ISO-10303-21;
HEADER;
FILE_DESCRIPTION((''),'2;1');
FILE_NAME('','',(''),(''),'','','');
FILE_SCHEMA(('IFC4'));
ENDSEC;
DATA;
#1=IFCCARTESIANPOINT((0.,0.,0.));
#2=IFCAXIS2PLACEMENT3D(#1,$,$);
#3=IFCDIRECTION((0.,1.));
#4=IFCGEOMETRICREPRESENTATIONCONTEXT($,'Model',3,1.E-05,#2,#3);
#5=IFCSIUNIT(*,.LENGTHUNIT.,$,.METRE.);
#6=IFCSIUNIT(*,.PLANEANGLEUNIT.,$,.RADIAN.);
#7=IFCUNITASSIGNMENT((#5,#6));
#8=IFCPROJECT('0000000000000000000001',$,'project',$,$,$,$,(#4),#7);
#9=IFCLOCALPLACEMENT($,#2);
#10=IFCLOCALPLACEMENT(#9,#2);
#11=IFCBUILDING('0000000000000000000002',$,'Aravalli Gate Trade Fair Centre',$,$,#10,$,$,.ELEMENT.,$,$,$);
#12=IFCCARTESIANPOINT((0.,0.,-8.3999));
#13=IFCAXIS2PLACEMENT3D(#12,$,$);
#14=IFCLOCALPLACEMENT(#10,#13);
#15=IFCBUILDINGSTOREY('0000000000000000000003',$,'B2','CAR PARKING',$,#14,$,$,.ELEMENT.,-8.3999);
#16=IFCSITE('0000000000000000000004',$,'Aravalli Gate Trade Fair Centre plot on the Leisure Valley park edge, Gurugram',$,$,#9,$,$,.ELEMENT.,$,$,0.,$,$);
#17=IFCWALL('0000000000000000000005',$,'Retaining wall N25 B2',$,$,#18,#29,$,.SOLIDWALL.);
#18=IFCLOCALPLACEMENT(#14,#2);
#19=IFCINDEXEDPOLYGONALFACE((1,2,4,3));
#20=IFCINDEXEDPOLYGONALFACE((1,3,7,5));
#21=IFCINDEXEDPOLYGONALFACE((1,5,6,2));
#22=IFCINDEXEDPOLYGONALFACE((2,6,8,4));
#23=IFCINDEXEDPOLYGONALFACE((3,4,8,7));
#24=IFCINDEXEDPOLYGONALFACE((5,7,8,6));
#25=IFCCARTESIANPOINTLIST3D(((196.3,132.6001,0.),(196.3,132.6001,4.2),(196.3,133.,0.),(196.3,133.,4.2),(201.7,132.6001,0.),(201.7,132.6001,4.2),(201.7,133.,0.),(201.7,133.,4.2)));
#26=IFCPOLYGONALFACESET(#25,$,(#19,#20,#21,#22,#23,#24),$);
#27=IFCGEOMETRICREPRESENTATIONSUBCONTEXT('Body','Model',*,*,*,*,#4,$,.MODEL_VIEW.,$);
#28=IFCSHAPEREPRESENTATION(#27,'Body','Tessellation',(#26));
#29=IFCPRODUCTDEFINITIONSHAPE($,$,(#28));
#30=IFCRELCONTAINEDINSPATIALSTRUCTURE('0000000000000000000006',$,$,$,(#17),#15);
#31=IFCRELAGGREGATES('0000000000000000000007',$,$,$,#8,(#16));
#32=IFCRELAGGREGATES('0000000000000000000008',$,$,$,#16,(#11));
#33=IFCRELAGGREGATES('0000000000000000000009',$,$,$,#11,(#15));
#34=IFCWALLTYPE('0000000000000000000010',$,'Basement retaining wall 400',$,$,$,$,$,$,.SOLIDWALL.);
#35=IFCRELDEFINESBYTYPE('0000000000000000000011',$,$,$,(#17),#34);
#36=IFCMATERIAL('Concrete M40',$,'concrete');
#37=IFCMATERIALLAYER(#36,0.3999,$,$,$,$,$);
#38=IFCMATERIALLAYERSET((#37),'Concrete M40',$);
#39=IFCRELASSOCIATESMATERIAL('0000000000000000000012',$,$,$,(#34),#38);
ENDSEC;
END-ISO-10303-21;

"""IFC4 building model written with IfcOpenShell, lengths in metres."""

from ifc_helpers import new_model, si_unit, direction, frame, frame_2d, origin, place, context, subcontext, project, spatial, rectangle, extrude, material, layer, layer_set, type_object, element, save


model = new_model("IFC4")

# Units and contexts
model_context = context("Model", 3, precision=1e-05, world=origin(), true_north=direction((0.0, 1.0)))
body_context = subcontext(model_context, "Body", "Model", "MODEL_VIEW")
ifc_project = project(units=[si_unit("LENGTHUNIT", "METRE"), si_unit("PLANEANGLEUNIT", "RADIAN")], contexts=[model_context])

# Site, building, storey
site_placement = place(None, origin())
site = spatial("IfcSite", under=ifc_project, at=site_placement, Name="Aravalli Gate Trade Fair Centre plot on the Leisure Valley park edge, Gurugram", CompositionType="ELEMENT", RefElevation=0.0)
building_placement = place(site_placement, origin())
building = spatial("IfcBuilding", under=site, at=building_placement, Name="Aravalli Gate Trade Fair Centre", CompositionType="ELEMENT")
storey_placement = place(building_placement, frame((0.0, 0.0, -8.3999)))
storey = spatial("IfcBuildingStorey", under=building, at=storey_placement, Name="B2", Description="CAR PARKING", CompositionType="ELEMENT", Elevation=-8.3999)

# Wall
ifc_material_1 = material(Name="Concrete M40", Category="concrete")
ifc_layer = layer(ifc_material_1, 0.3999)
ifc_layer_set = layer_set([ifc_layer], Name="Concrete M40")
wall_type = type_object("IfcWallType", Name="Basement retaining wall 400", PredefinedType="SOLIDWALL", material=ifc_layer_set)
for number, where, z_axis, x_axis, name in (
    (1, (196.3, 132.8, 0.0), (0.0, 0.0, 1.0), (1.0, 0.0, 0.0), "Retaining wall N25 B2"),
):
    element("IfcWall", number, at=place(storey_placement, frame(where, z_axis=z_axis, x_axis=x_axis)), inside=storey, type_object=wall_type, Name=name, PredefinedType="SOLIDWALL", context=body_context, shape_type="SweptSolid", body=[
        extrude(rectangle(XDim=5.3999, YDim=0.3999, at=frame_2d((2.7, 0.0))), origin(), (0.0, 0.0, 1.0), 4.2),
    ])

save(model, "model.ifc")
